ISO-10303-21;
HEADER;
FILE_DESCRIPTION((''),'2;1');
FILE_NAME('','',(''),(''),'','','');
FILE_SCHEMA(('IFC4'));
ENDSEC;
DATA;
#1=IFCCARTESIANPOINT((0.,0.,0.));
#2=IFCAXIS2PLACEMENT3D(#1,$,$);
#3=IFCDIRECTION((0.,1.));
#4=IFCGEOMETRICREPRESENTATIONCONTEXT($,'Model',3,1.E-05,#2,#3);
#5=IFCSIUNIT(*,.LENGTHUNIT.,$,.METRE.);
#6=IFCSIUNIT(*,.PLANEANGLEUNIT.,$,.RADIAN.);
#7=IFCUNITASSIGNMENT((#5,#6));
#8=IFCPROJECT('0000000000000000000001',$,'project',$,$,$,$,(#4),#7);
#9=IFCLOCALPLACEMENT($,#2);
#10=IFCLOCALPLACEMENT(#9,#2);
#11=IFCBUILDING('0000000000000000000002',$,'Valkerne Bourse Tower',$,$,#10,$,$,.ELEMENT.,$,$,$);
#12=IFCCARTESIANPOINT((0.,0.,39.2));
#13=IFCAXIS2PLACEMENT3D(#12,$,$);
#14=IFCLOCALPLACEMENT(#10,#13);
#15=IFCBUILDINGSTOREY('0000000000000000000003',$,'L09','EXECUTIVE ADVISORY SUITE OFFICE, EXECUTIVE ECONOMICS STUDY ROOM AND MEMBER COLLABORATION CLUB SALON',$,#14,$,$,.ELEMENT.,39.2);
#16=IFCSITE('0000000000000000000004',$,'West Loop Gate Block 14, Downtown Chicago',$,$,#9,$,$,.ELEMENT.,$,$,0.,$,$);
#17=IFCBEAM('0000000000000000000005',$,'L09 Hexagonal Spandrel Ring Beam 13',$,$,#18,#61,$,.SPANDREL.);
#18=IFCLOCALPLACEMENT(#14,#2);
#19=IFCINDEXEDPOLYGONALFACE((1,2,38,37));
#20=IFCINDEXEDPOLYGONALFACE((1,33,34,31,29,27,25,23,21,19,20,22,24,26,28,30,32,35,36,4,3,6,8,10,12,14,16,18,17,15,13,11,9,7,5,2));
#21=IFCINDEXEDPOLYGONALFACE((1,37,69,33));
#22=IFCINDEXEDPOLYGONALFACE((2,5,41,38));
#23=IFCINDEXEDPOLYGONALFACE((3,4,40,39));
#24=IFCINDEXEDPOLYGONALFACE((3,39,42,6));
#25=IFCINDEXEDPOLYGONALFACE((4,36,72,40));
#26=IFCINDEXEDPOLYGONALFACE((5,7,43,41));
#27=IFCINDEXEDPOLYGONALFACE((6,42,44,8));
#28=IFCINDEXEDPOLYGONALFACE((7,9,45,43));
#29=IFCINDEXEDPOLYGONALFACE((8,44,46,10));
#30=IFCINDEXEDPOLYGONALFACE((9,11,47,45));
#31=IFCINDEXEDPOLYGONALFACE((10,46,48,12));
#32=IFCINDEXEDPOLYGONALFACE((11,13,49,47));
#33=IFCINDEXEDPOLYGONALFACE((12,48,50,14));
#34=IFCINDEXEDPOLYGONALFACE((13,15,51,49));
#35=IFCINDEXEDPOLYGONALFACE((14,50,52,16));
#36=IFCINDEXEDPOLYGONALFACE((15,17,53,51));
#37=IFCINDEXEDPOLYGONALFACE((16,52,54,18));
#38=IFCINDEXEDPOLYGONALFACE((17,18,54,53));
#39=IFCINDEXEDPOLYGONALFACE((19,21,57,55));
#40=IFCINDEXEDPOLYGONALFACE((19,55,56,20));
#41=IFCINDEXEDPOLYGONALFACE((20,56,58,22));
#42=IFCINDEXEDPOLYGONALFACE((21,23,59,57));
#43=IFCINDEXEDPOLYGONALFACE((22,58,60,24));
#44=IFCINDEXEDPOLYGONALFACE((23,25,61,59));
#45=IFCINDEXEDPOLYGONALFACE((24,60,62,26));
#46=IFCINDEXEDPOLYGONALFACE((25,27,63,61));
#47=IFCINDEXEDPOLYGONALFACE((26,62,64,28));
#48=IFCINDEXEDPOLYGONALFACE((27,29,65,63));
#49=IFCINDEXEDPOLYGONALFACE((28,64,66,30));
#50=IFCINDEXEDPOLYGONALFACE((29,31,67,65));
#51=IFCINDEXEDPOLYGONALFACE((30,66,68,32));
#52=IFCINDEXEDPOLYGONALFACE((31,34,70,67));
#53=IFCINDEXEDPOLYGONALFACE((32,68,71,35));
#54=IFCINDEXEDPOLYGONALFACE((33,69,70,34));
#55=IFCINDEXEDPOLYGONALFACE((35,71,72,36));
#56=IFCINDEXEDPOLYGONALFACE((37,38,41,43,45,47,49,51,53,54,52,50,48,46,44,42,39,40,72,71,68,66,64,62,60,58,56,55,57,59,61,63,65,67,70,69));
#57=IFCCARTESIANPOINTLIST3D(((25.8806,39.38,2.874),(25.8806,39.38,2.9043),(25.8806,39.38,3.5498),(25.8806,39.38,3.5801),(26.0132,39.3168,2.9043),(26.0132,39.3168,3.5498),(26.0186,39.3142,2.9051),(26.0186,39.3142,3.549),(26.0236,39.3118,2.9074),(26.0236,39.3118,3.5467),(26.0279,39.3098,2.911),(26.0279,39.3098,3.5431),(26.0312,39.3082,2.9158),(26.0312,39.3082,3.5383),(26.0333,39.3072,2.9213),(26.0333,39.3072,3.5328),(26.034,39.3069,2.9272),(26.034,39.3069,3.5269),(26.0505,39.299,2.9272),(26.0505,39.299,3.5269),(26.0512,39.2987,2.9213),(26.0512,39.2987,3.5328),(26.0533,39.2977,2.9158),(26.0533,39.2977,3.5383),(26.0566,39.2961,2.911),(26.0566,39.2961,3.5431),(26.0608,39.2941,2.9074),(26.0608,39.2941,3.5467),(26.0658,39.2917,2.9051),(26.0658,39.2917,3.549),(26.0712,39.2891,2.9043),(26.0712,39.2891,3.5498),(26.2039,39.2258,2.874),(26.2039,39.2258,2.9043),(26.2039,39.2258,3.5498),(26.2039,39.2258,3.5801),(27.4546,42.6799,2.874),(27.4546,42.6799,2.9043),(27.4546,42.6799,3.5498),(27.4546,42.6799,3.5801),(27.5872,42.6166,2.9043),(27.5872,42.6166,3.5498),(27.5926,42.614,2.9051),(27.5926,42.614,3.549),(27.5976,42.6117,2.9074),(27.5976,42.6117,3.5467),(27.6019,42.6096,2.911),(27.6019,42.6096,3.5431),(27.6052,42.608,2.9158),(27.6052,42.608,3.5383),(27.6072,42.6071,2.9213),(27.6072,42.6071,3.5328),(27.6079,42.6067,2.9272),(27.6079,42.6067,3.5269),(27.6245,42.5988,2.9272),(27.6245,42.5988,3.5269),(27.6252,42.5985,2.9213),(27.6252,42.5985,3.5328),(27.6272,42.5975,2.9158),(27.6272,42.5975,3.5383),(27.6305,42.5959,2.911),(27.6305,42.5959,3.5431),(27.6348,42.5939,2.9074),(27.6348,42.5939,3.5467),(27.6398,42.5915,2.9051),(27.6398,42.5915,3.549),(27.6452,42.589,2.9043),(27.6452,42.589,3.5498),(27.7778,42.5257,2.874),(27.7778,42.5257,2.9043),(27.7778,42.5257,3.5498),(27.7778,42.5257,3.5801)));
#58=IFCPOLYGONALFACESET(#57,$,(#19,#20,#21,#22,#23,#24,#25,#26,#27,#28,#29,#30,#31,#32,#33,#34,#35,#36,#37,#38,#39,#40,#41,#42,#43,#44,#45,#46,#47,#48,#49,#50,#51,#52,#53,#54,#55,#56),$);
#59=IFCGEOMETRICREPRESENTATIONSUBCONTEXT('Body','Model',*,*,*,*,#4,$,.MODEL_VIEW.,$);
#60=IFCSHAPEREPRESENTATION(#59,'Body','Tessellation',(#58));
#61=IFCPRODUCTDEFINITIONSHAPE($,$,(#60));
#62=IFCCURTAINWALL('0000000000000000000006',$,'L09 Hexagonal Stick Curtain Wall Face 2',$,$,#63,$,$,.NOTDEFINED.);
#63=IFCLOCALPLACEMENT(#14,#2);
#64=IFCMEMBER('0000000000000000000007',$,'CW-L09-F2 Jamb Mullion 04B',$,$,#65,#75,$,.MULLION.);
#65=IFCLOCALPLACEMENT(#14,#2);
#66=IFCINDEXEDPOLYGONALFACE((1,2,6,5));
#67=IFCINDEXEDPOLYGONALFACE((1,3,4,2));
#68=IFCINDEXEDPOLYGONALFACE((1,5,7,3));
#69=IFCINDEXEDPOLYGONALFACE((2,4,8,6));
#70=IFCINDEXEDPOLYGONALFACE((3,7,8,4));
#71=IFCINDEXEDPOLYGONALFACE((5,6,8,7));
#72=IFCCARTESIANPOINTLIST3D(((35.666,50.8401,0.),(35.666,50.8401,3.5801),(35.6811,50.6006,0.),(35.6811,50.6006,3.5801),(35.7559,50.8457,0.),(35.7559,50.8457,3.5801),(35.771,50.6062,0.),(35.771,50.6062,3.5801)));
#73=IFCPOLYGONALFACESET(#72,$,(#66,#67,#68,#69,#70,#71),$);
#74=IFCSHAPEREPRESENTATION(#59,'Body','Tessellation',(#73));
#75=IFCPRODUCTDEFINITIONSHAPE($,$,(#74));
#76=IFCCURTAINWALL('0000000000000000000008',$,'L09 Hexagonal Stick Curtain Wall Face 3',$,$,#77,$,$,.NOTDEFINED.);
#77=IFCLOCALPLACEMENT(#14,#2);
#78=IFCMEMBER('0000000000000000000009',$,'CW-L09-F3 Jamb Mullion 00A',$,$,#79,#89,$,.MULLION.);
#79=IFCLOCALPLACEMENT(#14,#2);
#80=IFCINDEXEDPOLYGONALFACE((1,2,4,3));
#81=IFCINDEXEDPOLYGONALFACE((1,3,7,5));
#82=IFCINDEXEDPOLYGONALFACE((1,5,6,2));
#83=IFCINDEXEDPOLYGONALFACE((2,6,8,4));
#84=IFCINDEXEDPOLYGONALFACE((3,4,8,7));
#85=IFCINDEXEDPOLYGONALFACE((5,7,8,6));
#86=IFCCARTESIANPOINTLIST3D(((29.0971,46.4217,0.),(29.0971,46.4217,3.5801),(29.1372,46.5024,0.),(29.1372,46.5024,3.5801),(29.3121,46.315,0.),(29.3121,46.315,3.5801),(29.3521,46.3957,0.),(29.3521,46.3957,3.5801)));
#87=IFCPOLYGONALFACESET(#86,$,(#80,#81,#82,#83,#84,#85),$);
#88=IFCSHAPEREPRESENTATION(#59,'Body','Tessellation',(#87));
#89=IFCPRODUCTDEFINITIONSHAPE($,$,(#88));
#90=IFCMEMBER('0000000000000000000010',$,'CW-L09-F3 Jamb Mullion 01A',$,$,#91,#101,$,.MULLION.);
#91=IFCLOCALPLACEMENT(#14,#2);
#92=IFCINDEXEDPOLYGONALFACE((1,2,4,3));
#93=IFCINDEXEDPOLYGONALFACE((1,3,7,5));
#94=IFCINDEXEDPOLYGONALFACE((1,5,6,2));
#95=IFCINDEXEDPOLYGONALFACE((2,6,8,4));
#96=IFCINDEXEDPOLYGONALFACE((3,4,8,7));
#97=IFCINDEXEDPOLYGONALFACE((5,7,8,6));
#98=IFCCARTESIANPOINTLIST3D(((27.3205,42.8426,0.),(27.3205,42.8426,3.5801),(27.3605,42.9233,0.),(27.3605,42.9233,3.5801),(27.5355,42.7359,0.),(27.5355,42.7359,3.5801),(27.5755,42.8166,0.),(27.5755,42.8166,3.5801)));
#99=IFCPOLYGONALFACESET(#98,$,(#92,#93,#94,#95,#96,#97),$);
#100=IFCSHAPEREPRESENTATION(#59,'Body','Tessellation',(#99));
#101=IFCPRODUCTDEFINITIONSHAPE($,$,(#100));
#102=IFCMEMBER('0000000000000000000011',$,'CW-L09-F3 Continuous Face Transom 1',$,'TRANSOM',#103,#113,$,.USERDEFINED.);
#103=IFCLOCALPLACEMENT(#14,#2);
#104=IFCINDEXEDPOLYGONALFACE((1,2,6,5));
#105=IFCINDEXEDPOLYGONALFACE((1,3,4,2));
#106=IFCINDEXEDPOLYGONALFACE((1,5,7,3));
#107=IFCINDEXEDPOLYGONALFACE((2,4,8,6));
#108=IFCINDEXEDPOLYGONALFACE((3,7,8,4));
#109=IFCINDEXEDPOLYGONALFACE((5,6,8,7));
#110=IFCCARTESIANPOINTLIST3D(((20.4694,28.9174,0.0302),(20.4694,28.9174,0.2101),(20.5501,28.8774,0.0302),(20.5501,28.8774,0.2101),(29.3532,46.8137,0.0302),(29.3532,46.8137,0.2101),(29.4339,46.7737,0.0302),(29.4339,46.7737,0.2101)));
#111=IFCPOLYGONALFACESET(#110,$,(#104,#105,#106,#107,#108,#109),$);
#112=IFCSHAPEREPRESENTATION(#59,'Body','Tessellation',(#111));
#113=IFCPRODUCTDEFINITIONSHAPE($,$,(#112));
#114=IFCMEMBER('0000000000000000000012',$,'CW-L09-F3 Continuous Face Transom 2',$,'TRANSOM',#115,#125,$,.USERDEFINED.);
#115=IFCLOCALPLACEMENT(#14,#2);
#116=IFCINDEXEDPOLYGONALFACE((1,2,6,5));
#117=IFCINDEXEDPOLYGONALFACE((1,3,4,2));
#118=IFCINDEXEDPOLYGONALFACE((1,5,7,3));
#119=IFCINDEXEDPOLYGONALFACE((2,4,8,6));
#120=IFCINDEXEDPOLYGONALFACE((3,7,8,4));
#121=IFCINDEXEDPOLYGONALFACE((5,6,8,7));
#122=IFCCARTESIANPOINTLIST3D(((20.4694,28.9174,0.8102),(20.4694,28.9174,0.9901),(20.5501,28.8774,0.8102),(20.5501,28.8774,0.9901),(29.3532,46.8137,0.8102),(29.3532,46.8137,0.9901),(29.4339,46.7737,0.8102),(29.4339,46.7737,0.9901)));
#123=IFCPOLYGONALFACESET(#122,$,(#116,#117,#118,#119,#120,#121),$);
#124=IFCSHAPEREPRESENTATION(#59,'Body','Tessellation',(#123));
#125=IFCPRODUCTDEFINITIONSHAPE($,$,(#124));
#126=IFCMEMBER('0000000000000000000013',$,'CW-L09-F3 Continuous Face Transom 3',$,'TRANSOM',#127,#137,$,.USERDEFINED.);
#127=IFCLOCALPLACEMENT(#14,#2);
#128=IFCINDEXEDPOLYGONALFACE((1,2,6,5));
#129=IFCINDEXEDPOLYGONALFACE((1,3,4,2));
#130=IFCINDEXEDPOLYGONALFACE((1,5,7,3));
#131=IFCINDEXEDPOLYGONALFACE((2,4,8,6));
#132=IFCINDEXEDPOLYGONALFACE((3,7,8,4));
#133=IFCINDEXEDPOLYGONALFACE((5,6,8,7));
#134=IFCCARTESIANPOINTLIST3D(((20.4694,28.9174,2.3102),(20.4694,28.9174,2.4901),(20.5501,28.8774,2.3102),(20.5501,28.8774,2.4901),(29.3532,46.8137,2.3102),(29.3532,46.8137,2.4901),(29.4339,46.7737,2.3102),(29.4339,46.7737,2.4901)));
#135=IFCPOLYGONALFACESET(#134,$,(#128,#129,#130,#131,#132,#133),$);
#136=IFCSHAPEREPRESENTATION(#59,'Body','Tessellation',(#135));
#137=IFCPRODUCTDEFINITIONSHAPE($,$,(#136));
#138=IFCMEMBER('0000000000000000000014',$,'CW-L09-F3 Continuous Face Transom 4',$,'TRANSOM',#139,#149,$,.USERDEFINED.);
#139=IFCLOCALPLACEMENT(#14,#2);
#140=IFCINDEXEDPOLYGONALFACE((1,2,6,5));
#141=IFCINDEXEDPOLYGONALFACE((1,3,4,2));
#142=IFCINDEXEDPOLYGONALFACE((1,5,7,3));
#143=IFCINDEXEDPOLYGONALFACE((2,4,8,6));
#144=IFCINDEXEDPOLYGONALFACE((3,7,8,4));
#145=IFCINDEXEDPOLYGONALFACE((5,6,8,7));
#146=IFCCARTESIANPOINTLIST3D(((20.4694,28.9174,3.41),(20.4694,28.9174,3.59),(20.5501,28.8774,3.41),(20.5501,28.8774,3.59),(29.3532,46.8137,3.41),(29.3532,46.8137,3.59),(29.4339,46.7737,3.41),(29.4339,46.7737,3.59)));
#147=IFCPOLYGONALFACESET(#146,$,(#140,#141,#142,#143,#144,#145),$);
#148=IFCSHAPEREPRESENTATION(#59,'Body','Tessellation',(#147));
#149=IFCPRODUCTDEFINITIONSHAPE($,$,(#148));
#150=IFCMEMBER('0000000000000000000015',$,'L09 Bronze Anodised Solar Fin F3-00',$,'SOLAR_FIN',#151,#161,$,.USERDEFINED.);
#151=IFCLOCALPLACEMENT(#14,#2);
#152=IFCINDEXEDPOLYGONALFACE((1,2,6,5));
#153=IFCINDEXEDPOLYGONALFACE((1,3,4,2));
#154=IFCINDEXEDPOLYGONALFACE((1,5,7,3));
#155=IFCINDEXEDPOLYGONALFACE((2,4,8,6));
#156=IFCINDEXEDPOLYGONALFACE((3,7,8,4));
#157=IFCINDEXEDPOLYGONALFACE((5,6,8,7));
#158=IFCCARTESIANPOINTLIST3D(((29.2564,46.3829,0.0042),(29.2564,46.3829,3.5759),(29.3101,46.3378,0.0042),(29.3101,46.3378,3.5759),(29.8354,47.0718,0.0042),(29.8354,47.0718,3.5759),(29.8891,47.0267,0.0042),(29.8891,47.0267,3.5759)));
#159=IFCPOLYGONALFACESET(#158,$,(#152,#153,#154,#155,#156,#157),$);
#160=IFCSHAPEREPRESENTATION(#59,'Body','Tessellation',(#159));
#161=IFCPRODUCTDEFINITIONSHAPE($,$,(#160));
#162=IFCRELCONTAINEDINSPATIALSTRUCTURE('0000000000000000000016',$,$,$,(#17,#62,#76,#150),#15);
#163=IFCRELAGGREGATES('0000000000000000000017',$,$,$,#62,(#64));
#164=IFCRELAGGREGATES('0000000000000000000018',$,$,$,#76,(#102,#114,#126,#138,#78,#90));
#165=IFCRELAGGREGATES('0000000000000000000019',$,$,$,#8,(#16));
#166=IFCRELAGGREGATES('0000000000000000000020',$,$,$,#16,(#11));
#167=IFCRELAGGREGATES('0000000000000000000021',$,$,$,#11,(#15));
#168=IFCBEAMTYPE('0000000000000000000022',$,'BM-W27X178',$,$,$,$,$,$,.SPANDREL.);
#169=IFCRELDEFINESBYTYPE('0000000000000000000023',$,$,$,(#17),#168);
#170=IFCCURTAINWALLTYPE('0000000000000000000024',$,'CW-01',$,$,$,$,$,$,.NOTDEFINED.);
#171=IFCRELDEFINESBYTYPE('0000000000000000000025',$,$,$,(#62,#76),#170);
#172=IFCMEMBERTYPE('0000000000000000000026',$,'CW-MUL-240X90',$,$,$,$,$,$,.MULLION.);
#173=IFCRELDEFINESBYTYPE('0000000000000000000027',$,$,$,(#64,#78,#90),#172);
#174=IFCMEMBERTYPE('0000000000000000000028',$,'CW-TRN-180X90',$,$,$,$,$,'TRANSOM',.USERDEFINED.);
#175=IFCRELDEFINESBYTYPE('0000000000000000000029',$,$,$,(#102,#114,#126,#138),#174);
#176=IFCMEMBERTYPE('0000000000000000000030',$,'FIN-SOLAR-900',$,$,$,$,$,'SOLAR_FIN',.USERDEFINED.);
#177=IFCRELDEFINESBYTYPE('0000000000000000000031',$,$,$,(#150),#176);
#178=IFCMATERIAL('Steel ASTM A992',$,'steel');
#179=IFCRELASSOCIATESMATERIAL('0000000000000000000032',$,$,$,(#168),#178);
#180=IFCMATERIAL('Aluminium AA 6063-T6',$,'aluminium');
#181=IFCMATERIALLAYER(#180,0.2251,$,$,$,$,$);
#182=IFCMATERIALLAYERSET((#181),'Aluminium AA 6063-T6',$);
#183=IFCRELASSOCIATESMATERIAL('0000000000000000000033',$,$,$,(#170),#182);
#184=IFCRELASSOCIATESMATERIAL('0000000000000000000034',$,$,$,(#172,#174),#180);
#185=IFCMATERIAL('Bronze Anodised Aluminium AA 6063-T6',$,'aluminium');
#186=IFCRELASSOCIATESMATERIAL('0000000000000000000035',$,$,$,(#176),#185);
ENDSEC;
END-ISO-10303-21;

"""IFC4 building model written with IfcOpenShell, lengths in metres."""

from ifc_helpers import new_model, si_unit, direction, frame, origin, origin_2d, place, context, subcontext, project, spatial, rectangle, i_section, extrude, material, layer, layer_set, material_profile, profile_set, type_object, element, aggregate, save


model = new_model("IFC4")

# Units and contexts
model_context = context("Model", 3, precision=1e-05, world=origin(), true_north=direction((0.0, 1.0)))
body_context = subcontext(model_context, "Body", "Model", "MODEL_VIEW")
ifc_project = project(units=[si_unit("LENGTHUNIT", "METRE"), si_unit("PLANEANGLEUNIT", "RADIAN")], contexts=[model_context])

# Site, building, storey
site_placement = place(None, origin())
site = spatial("IfcSite", under=ifc_project, at=site_placement, Name="West Loop Gate Block 14, Downtown Chicago", CompositionType="ELEMENT", RefElevation=0.0)
building_placement = place(site_placement, origin())
building = spatial("IfcBuilding", under=site, at=building_placement, Name="Valkerne Bourse Tower", CompositionType="ELEMENT")
storey_placement = place(building_placement, frame((0.0, 0.0, 39.2)))
storey = spatial("IfcBuildingStorey", under=building, at=storey_placement, Name="L09", Description="EXECUTIVE ADVISORY SUITE OFFICE, EXECUTIVE ECONOMICS STUDY ROOM AND MEMBER COLLABORATION CLUB SALON", CompositionType="ELEMENT", Elevation=39.2)

# Beam
ifc_material_1 = material(Name="Steel ASTM A992", Category="steel")
ifc_material_profile_1 = material_profile(ifc_material_1, i_section(OverallWidth=0.3582, OverallDepth=0.7061, WebThickness=0.0183, FlangeThickness=0.0303, FilletRadius=0.0229, at=origin_2d()), Name="W27X178")
ifc_profile_set_1 = profile_set([ifc_material_profile_1], Name="Steel ASTM A992")
beam_type_1 = type_object("IfcBeamType", Name="BM-W27X178", PredefinedType="SPANDREL", material=ifc_profile_set_1)
for number, where, z_axis, x_axis, name in (
    (1, (27.6162, 42.6028, 3.2271), (-0.430522, -0.90258, 0.0), (0.90258, -0.430522, 0.0), "L09 Hexagonal Spandrel Ring Beam 13"),
):
    element("IfcBeam", number, at=place(storey_placement, frame(where, z_axis=z_axis, x_axis=x_axis)), inside=storey, type_object=beam_type_1, Name=name, PredefinedType="SPANDREL", context=body_context, shape_type="SweptSolid", body=[
        extrude(i_section(OverallWidth=0.3582, OverallDepth=0.7061, WebThickness=0.0183, FlangeThickness=0.0303, FilletRadius=0.0229, at=origin_2d()), origin(), (0.0, 0.0, 1.0), 3.656),
    ])

# Curtain wall, member
ifc_material_2 = material(Name="Aluminium AA 6063-T6", Category="aluminium")
ifc_layer_1 = layer(ifc_material_2, 0.2251)
ifc_layer_set_1 = layer_set([ifc_layer_1], Name="Aluminium AA 6063-T6")
curtain_wall_type = type_object("IfcCurtainWallType", Name="CW-01", PredefinedType="NOTDEFINED", material=ifc_layer_set_1)
curtain_wall_1_placement = place(storey_placement, origin())
curtain_wall_1 = element("IfcCurtainWall", 2, at=curtain_wall_1_placement, inside=storey, type_object=curtain_wall_type, Name="L09 Hexagonal Stick Curtain Wall Face 2", PredefinedType="NOTDEFINED")
ifc_material_profile_2 = material_profile(ifc_material_2, rectangle(XDim=0.0901, YDim=0.24, at=origin_2d()), Name="CWM-90X240")
ifc_profile_set_2 = profile_set([ifc_material_profile_2], Name="Aluminium AA 6063-T6")
member_type_1 = type_object("IfcMemberType", Name="CW-MUL-240X90", PredefinedType="MULLION", material=ifc_profile_set_2)
member_1_placement = place(storey_placement, frame((35.7185, 50.7231, 0.0), z_axis=(0.0, 0.0, 1.0), x_axis=(-0.998027, -0.062788, 0.0)))
member_1 = element("IfcMember", 3, at=member_1_placement, type_object=member_type_1, Name="CW-L09-F2 Jamb Mullion 04B", PredefinedType="MULLION", context=body_context, shape_type="SweptSolid", body=[
    extrude(rectangle(XDim=0.0901, YDim=0.24, at=origin_2d()), origin(), (0.0, 0.0, 1.0), 3.5801),
])
aggregate(curtain_wall_1, [member_1])

# Curtain wall, members
curtain_wall_2_placement = place(storey_placement, origin())
curtain_wall_2 = element("IfcCurtainWall", 4, at=curtain_wall_2_placement, inside=storey, type_object=curtain_wall_type, Name="L09 Hexagonal Stick Curtain Wall Face 3", PredefinedType="NOTDEFINED")
member_2_placement = place(storey_placement, frame((29.2246, 46.4087, 0.0), z_axis=(0.0, 0.0, 1.0), x_axis=(-0.444649, -0.895705, 0.0)))
member_2 = element("IfcMember", 5, at=member_2_placement, type_object=member_type_1, Name="CW-L09-F3 Jamb Mullion 00A", PredefinedType="MULLION", context=body_context, shape_type="SweptSolid", body=[
    extrude(rectangle(XDim=0.0901, YDim=0.24, at=origin_2d()), origin(), (0.0, 0.0, 1.0), 3.5801),
])
member_3_placement = place(storey_placement, frame((27.448, 42.8296, 0.0), z_axis=(0.0, 0.0, 1.0), x_axis=(-0.444619, -0.89572, 0.0)))
member_3 = element("IfcMember", 6, at=member_3_placement, type_object=member_type_1, Name="CW-L09-F3 Jamb Mullion 01A", PredefinedType="MULLION", context=body_context, shape_type="SweptSolid", body=[
    extrude(rectangle(XDim=0.0901, YDim=0.24, at=origin_2d()), origin(), (0.0, 0.0, 1.0), 3.5801),
])
ifc_material_profile_3 = material_profile(ifc_material_2, rectangle(XDim=0.0901, YDim=0.1799, at=origin_2d()), Name="CWT-90X180")
ifc_profile_set_3 = profile_set([ifc_material_profile_3], Name="Aluminium AA 6063-T6")
member_type_2 = type_object("IfcMemberType", Name="CW-TRN-180X90", ElementType="TRANSOM", PredefinedType="USERDEFINED", material=ifc_profile_set_3)
member_4_placement = place(storey_placement, frame((29.3936, 46.7937, 0.1201), z_axis=(-0.444636, -0.895711, 0.0), x_axis=(0.895711, -0.444636, 0.0)))
member_4 = element("IfcMember", 7, at=member_4_placement, type_object=member_type_2, Name="CW-L09-F3 Continuous Face Transom 1", ObjectType="TRANSOM", PredefinedType="USERDEFINED", context=body_context, shape_type="SweptSolid", body=[
    extrude(rectangle(XDim=0.0901, YDim=0.1799, at=origin_2d()), origin(), (0.0, 0.0, 1.0), 19.98),
])
member_5_placement = place(storey_placement, frame((29.3936, 46.7937, 0.9001), z_axis=(-0.444636, -0.895711, 0.0), x_axis=(0.895711, -0.444636, 0.0)))
member_5 = element("IfcMember", 8, at=member_5_placement, type_object=member_type_2, Name="CW-L09-F3 Continuous Face Transom 2", ObjectType="TRANSOM", PredefinedType="USERDEFINED", context=body_context, shape_type="SweptSolid", body=[
    extrude(rectangle(XDim=0.0901, YDim=0.1799, at=origin_2d()), origin(), (0.0, 0.0, 1.0), 19.98),
])
member_6_placement = place(storey_placement, frame((29.3936, 46.7937, 2.4001), z_axis=(-0.444636, -0.895711, 0.0), x_axis=(0.895711, -0.444636, 0.0)))
member_6 = element("IfcMember", 9, at=member_6_placement, type_object=member_type_2, Name="CW-L09-F3 Continuous Face Transom 3", ObjectType="TRANSOM", PredefinedType="USERDEFINED", context=body_context, shape_type="SweptSolid", body=[
    extrude(rectangle(XDim=0.0901, YDim=0.1799, at=origin_2d()), origin(), (0.0, 0.0, 1.0), 19.98),
])
member_7_placement = place(storey_placement, frame((29.3936, 46.7937, 3.5), z_axis=(-0.444636, -0.895711, 0.0), x_axis=(0.895711, -0.444636, 0.0)))
member_7 = element("IfcMember", 10, at=member_7_placement, type_object=member_type_2, Name="CW-L09-F3 Continuous Face Transom 4", ObjectType="TRANSOM", PredefinedType="USERDEFINED", context=body_context, shape_type="SweptSolid", body=[
    extrude(rectangle(XDim=0.0901, YDim=0.1799, at=origin_2d()), origin(), (0.0, 0.0, 1.0), 19.98),
])

# Member
ifc_material_3 = material(Name="Bronze Anodised Aluminium AA 6063-T6", Category="aluminium")
ifc_material_profile_4 = material_profile(ifc_material_3, rectangle(XDim=0.0701, YDim=0.8999, at=origin_2d()), Name="FIN-70X900")
ifc_profile_set_4 = profile_set([ifc_material_profile_4], Name="Bronze Anodised Aluminium AA 6063-T6")
member_type_3 = type_object("IfcMemberType", Name="FIN-SOLAR-900", ElementType="SOLAR_FIN", PredefinedType="USERDEFINED", material=ifc_profile_set_4)
member_8_placement = place(storey_placement, frame((29.5728, 46.7048, 0.0042), z_axis=(0.0, 0.0, 1.0), x_axis=(-0.765511, 0.643423, 0.0)))
element("IfcMember", 11, at=member_8_placement, inside=storey, type_object=member_type_3, Name="L09 Bronze Anodised Solar Fin F3-00", ObjectType="SOLAR_FIN", PredefinedType="USERDEFINED", context=body_context, shape_type="SweptSolid", body=[
    extrude(rectangle(XDim=0.0701, YDim=0.8999, at=origin_2d()), origin(), (0.0, 0.0, 1.0), 3.5718),
])

aggregate(curtain_wall_2, [member_4, member_5, member_6, member_7, member_2, member_3])

save(model, "model.ifc")
